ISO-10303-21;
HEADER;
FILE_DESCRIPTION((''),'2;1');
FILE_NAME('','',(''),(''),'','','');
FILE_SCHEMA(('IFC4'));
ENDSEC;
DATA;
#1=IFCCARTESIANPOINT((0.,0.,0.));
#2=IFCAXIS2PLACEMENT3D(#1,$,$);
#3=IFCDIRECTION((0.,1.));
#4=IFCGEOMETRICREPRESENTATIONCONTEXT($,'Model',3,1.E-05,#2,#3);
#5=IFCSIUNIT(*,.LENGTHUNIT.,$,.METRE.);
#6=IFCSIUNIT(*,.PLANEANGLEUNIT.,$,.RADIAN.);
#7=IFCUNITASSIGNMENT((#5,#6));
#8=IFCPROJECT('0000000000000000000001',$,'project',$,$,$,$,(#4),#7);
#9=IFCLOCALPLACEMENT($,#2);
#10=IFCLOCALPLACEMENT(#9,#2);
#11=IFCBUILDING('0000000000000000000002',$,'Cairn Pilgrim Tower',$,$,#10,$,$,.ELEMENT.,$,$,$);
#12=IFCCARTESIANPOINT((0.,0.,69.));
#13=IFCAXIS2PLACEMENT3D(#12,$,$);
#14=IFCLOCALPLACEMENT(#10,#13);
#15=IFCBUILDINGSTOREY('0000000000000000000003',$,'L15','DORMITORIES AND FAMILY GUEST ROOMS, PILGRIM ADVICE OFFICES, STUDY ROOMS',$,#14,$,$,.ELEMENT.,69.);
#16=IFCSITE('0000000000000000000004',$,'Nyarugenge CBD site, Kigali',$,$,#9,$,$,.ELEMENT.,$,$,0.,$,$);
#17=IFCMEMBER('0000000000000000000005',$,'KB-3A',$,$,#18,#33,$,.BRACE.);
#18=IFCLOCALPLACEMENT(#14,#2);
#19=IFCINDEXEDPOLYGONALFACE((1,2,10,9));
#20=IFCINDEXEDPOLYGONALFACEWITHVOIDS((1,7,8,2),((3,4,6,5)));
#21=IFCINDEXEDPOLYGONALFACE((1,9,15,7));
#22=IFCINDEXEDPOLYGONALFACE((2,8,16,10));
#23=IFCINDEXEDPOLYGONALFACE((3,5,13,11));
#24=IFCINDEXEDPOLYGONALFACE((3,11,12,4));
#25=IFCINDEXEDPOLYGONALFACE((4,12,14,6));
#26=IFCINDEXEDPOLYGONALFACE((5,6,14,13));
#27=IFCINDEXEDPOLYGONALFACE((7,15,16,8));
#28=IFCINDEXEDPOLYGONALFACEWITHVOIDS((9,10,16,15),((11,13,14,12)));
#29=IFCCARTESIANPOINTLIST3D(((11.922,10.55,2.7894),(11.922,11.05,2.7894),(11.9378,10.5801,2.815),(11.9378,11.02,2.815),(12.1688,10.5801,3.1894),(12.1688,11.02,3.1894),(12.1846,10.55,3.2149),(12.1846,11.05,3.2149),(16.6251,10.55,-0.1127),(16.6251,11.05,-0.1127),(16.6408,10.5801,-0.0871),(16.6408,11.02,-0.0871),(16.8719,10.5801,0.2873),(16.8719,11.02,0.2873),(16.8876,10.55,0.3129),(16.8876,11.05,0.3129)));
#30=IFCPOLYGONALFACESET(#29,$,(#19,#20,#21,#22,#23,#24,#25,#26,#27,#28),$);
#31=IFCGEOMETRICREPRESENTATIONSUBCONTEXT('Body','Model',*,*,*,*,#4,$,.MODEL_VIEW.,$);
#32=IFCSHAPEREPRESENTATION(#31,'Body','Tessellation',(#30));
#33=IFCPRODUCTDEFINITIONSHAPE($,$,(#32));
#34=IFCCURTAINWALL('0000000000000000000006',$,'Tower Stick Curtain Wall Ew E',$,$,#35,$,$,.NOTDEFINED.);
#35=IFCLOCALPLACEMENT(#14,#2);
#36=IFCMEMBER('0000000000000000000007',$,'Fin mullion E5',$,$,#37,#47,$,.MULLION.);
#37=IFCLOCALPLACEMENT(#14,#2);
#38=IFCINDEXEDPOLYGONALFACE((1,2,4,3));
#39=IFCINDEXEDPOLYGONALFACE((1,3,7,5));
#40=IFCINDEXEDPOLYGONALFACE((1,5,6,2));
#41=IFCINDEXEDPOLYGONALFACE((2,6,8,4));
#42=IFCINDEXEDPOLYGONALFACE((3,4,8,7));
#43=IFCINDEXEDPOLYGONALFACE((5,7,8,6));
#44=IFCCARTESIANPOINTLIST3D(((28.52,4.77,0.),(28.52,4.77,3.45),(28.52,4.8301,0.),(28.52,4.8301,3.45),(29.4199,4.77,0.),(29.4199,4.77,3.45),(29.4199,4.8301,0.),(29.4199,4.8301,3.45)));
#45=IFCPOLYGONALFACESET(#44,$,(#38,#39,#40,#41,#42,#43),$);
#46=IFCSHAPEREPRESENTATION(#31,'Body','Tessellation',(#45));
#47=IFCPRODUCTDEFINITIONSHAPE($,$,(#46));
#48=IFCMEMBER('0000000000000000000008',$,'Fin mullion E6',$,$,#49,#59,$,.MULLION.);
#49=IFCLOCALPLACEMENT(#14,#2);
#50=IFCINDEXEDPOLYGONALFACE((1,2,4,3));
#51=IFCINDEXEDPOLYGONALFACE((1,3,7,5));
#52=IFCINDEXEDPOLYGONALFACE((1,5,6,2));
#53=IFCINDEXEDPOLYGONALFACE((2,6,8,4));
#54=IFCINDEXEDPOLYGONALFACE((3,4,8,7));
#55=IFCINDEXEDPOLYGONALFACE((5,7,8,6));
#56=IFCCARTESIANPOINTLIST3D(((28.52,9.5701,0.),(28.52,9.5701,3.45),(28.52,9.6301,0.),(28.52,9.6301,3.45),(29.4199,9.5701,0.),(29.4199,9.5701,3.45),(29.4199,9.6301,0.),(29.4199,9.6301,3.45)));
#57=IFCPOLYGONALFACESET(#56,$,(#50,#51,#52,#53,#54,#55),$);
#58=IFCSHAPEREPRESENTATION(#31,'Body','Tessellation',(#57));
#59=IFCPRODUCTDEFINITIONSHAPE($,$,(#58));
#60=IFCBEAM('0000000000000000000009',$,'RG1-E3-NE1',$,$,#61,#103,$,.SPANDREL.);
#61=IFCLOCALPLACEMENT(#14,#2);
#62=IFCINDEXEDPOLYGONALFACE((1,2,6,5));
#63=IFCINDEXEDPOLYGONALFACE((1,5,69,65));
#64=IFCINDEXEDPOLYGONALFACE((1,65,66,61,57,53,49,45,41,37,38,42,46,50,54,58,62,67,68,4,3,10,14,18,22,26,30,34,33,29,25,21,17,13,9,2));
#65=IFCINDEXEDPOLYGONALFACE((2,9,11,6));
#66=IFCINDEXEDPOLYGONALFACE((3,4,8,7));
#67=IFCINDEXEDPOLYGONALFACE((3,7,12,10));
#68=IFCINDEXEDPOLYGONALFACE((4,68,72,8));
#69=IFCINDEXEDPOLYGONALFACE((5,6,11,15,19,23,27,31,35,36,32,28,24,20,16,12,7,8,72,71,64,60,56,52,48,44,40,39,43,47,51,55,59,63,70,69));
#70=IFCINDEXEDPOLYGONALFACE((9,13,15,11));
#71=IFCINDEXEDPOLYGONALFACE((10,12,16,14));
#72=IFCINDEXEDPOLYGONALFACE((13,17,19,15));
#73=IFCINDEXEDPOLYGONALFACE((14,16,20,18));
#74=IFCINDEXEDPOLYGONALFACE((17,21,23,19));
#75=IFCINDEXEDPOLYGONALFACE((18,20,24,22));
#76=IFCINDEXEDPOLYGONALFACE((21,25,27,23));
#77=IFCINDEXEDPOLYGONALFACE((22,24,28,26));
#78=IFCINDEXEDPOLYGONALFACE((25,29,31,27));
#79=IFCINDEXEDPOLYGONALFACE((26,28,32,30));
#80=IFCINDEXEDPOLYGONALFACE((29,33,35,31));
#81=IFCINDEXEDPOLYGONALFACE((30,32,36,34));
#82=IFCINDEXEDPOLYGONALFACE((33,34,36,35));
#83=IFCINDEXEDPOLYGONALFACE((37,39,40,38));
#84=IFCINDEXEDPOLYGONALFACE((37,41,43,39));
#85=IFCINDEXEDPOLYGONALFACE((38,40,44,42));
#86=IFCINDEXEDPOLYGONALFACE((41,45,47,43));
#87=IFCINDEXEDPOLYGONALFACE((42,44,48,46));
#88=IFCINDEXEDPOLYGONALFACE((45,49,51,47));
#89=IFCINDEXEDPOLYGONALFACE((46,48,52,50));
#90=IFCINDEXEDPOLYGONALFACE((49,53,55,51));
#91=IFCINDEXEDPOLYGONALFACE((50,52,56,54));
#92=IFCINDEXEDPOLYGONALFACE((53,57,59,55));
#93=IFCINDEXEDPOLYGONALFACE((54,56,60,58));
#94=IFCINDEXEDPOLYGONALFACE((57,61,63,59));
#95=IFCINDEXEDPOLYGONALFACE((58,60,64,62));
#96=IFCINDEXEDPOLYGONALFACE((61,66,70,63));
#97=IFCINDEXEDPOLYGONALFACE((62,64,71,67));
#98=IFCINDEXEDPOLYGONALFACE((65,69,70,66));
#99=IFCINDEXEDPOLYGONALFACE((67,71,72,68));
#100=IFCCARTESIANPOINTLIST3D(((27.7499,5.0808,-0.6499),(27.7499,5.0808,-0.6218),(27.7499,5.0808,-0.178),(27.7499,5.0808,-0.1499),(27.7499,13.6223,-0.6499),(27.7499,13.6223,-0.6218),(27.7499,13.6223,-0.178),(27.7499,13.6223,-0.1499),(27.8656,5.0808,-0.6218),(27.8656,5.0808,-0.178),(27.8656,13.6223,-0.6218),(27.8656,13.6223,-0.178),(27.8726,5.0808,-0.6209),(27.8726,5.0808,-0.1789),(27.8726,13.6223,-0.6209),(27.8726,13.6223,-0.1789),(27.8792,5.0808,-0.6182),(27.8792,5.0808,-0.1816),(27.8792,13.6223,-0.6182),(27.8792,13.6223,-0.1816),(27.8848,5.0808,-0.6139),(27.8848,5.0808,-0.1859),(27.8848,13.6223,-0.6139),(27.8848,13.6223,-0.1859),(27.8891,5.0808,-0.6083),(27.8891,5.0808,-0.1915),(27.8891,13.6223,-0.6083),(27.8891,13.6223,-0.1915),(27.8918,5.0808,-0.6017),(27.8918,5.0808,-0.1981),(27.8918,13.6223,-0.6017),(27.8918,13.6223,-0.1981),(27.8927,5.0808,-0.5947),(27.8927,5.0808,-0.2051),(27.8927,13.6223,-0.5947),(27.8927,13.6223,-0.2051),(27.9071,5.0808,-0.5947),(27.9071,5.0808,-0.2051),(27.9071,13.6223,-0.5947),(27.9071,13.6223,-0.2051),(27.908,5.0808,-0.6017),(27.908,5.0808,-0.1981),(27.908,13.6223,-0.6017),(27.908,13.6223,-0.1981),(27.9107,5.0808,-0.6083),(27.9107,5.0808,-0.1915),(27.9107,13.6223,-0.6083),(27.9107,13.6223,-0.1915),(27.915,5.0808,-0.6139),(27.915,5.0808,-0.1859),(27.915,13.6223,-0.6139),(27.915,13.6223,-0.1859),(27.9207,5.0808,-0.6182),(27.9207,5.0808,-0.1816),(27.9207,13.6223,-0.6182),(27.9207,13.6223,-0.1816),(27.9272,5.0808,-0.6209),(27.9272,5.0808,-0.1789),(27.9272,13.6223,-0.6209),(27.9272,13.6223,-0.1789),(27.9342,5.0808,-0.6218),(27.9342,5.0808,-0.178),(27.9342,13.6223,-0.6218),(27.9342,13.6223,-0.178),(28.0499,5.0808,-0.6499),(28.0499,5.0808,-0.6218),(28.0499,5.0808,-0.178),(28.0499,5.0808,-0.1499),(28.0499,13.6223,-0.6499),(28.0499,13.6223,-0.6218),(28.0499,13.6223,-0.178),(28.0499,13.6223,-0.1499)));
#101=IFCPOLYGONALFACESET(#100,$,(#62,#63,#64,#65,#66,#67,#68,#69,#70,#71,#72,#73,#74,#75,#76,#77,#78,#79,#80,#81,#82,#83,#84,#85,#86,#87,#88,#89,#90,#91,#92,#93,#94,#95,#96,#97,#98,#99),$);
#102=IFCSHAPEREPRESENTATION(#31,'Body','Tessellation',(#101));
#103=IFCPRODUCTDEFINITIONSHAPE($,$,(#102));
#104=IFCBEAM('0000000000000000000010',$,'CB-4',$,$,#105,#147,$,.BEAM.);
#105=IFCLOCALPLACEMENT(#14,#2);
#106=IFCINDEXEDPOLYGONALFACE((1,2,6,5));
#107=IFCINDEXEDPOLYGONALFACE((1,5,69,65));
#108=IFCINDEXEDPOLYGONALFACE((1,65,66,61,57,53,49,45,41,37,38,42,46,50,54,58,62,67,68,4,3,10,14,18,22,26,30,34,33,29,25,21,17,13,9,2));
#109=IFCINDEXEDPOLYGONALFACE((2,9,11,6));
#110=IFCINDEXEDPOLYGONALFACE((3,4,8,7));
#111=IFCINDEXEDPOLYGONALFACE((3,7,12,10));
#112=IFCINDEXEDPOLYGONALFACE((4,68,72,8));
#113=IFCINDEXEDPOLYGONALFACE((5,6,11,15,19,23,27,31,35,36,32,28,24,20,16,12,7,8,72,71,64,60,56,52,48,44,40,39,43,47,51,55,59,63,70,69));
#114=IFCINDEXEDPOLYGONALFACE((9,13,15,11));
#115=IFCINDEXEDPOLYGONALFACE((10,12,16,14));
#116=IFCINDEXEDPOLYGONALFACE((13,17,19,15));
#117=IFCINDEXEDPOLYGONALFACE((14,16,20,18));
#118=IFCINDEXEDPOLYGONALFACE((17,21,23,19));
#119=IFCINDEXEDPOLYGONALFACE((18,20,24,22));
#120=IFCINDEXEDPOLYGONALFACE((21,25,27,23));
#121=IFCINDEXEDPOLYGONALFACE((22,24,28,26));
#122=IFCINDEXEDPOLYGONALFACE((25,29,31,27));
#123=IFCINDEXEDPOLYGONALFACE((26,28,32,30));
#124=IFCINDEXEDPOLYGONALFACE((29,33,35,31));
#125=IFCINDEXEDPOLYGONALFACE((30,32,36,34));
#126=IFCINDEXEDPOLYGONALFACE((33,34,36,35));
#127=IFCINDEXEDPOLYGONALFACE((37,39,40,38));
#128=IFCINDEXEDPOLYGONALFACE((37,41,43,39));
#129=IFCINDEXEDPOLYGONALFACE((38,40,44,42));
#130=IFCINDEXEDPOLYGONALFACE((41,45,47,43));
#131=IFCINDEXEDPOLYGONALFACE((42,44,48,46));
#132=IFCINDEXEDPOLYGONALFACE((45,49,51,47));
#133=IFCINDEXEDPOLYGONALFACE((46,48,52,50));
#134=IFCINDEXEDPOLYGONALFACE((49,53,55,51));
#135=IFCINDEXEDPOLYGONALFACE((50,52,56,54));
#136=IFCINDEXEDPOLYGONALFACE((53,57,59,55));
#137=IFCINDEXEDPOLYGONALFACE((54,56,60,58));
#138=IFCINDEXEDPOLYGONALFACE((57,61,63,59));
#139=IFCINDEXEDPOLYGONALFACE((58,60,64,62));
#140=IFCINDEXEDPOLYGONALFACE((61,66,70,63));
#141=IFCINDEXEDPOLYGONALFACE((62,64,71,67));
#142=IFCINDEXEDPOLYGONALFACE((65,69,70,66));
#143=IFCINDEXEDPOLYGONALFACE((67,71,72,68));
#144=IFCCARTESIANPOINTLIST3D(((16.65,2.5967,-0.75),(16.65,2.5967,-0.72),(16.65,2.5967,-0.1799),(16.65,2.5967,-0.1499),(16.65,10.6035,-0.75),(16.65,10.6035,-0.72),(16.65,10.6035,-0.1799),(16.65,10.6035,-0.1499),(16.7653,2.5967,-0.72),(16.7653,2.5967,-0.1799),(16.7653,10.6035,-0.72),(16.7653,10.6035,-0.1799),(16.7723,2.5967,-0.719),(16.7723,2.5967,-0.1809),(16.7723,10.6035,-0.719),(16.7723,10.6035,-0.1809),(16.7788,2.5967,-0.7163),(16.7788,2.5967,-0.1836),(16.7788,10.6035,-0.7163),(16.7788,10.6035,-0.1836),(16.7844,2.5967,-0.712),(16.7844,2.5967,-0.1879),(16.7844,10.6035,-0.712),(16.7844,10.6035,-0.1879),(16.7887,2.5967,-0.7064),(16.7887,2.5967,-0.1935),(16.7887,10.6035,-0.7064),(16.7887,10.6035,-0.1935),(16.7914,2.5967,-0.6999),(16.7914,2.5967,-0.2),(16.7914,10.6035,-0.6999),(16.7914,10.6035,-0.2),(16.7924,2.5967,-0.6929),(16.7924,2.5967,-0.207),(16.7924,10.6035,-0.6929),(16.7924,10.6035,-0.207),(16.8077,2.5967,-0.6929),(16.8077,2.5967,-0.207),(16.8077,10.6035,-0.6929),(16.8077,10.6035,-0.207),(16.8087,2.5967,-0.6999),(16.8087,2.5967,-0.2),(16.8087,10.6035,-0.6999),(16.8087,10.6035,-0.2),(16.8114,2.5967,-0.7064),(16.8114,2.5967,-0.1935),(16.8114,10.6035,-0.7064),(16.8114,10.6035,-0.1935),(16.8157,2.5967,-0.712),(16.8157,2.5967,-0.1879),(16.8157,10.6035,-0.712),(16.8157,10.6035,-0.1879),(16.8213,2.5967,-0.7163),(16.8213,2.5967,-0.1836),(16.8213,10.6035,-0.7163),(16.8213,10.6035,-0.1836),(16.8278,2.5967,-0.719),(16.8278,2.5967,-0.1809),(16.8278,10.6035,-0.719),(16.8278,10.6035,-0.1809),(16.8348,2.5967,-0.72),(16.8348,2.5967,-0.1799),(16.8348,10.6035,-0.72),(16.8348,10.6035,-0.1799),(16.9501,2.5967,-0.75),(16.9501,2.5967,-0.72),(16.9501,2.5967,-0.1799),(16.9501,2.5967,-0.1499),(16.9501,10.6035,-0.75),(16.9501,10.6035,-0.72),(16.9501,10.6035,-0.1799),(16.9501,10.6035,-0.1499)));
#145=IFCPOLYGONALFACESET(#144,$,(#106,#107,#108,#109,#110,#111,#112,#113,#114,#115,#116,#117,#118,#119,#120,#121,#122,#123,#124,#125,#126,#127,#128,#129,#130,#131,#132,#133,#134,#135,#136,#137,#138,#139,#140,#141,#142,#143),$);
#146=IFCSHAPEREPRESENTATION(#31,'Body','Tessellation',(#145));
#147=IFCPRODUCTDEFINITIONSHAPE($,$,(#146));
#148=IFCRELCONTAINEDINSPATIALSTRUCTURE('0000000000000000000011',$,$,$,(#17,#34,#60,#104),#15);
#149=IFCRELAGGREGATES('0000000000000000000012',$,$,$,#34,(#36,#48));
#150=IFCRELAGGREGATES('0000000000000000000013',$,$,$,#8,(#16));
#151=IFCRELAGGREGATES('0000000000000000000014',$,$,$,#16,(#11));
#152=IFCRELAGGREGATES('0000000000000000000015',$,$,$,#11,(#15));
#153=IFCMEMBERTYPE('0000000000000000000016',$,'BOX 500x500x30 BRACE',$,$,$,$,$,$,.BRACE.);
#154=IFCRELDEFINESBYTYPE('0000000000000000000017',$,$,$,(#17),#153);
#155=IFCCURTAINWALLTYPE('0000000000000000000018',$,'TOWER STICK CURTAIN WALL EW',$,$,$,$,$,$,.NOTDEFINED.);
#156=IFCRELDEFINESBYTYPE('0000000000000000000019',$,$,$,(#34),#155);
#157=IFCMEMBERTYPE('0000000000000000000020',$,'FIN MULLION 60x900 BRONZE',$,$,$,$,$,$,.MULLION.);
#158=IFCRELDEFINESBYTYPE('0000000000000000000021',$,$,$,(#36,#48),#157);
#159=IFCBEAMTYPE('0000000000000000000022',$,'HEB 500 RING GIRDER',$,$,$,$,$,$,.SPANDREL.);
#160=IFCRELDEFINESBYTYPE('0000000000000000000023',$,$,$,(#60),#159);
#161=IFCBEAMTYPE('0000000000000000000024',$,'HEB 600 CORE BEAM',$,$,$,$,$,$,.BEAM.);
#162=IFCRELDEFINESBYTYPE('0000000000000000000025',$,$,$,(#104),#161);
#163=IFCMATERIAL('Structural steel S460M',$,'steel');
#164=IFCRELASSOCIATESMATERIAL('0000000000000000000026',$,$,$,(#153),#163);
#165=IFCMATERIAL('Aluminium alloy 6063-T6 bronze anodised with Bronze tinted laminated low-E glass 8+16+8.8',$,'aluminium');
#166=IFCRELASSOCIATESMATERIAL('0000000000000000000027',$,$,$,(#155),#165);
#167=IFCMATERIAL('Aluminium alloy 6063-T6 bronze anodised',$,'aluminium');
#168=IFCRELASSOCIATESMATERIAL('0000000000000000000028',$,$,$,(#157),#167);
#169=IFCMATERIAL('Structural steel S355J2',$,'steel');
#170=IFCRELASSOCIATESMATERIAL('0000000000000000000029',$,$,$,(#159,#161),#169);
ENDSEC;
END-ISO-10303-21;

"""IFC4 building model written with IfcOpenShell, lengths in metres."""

from ifc_helpers import new_model, si_unit, direction, frame, origin, origin_2d, place, context, subcontext, project, spatial, rectangle, hollow_rectangle, i_section, extrude, material, material_profile, profile_set, type_object, element, aggregate, save


model = new_model("IFC4")

# Units and contexts
model_context = context("Model", 3, precision=1e-05, world=origin(), true_north=direction((0.0, 1.0)))
body_context = subcontext(model_context, "Body", "Model", "MODEL_VIEW")
ifc_project = project(units=[si_unit("LENGTHUNIT", "METRE"), si_unit("PLANEANGLEUNIT", "RADIAN")], contexts=[model_context])

# Site, building, storey
site_placement = place(None, origin())
site = spatial("IfcSite", under=ifc_project, at=site_placement, Name="Nyarugenge CBD site, Kigali", CompositionType="ELEMENT", RefElevation=0.0)
building_placement = place(site_placement, origin())
building = spatial("IfcBuilding", under=site, at=building_placement, Name="Cairn Pilgrim Tower", CompositionType="ELEMENT")
storey_placement = place(building_placement, frame((0.0, 0.0, 69.0)))
storey = spatial("IfcBuildingStorey", under=building, at=storey_placement, Name="L15", Description="DORMITORIES AND FAMILY GUEST ROOMS, PILGRIM ADVICE OFFICES, STUDY ROOMS", CompositionType="ELEMENT", Elevation=69.0)

# Shared definitions
ifc_material_1 = material(Name="Structural steel S460M", Category="steel")

# Member
ifc_material_profile_1 = material_profile(ifc_material_1, hollow_rectangle(XDim=0.5, YDim=0.5, WallThickness=0.03, at=origin_2d()), Name="BOX 500x500x30")
ifc_profile_set_1 = profile_set([ifc_material_profile_1], Name="Structural steel S460M")
member_type_1 = type_object("IfcMemberType", Name="BOX 500x500x30 BRACE", PredefinedType="BRACE", material=ifc_profile_set_1)
member_1_placement = place(storey_placement, frame((16.7563, 10.8, 0.1001), z_axis=(-0.851022, 0.0, 0.52513), x_axis=(0.0, -1.0, 0.0)))
element("IfcMember", 1, at=member_1_placement, inside=storey, type_object=member_type_1, Name="KB-3A", PredefinedType="BRACE", context=body_context, shape_type="SweptSolid", body=[
    extrude(hollow_rectangle(XDim=0.5, YDim=0.5, WallThickness=0.03, at=origin_2d()), origin(), (0.0, 0.0, 1.0), 5.5264),
])

# Curtain wall, members
ifc_material_2 = material(Name="Aluminium alloy 6063-T6 bronze anodised with Bronze tinted laminated low-E glass 8+16+8.8", Category="aluminium")
curtain_wall_type = type_object("IfcCurtainWallType", Name="TOWER STICK CURTAIN WALL EW", PredefinedType="NOTDEFINED", material=ifc_material_2)
curtain_wall_placement = place(storey_placement, origin())
curtain_wall = element("IfcCurtainWall", 2, at=curtain_wall_placement, inside=storey, type_object=curtain_wall_type, Name="Tower Stick Curtain Wall Ew E", PredefinedType="NOTDEFINED")
ifc_material_3 = material(Name="Aluminium alloy 6063-T6 bronze anodised", Category="aluminium")
ifc_material_profile_2 = material_profile(ifc_material_3, rectangle(XDim=0.8999, YDim=0.0601, at=origin_2d()), Name="FIN MULLION 60x900 BRONZE")
ifc_profile_set_2 = profile_set([ifc_material_profile_2], Name="Aluminium alloy 6063-T6 bronze anodised")
member_type_2 = type_object("IfcMemberType", Name="FIN MULLION 60x900 BRONZE", PredefinedType="MULLION", material=ifc_profile_set_2)
member_2_placement = place(storey_placement, frame((28.97, 4.8, 0.0), z_axis=(0.0, 0.0, 1.0), x_axis=(1.0, 0.0, 0.0)))
member_2 = element("IfcMember", 3, at=member_2_placement, type_object=member_type_2, Name="Fin mullion E5", PredefinedType="MULLION", context=body_context, shape_type="SweptSolid", body=[
    extrude(rectangle(XDim=0.8999, YDim=0.0601, at=origin_2d()), origin(), (0.0, 0.0, 1.0), 3.45),
])
member_3_placement = place(storey_placement, frame((28.97, 9.6001, 0.0), z_axis=(0.0, 0.0, 1.0), x_axis=(1.0, 0.0, 0.0)))
member_3 = element("IfcMember", 4, at=member_3_placement, type_object=member_type_2, Name="Fin mullion E6", PredefinedType="MULLION", context=body_context, shape_type="SweptSolid", body=[
    extrude(rectangle(XDim=0.8999, YDim=0.0601, at=origin_2d()), origin(), (0.0, 0.0, 1.0), 3.45),
])

# Beams
ifc_material_4 = material(Name="Structural steel S355J2", Category="steel")
ifc_material_profile_3 = material_profile(ifc_material_4, i_section(OverallWidth=0.3, OverallDepth=0.5, WebThickness=0.0144, FlangeThickness=0.0281, FilletRadius=0.0271, at=origin_2d()), Name="HEB 500")
ifc_profile_set_3 = profile_set([ifc_material_profile_3], Name="Structural steel S355J2")
beam_type_1 = type_object("IfcBeamType", Name="HEB 500 RING GIRDER", PredefinedType="SPANDREL", material=ifc_profile_set_3)
beam_1_placement = place(storey_placement, frame((27.8999, 5.0808, -0.3999), z_axis=(0.0, 1.0, 0.0), x_axis=(-1.0, 0.0, 0.0)))
element("IfcBeam", 5, at=beam_1_placement, inside=storey, type_object=beam_type_1, Name="RG1-E3-NE1", PredefinedType="SPANDREL", context=body_context, shape_type="SweptSolid", body=[
    extrude(i_section(OverallWidth=0.3, OverallDepth=0.5, WebThickness=0.0144, FlangeThickness=0.0281, FilletRadius=0.0271, at=origin_2d()), origin(), (0.0, 0.0, 1.0), 8.5415),
])
ifc_material_profile_4 = material_profile(ifc_material_4, i_section(OverallWidth=0.3, OverallDepth=0.6001, WebThickness=0.0154, FlangeThickness=0.03, FilletRadius=0.0271, at=origin_2d()), Name="HEB 600")
ifc_profile_set_4 = profile_set([ifc_material_profile_4], Name="Structural steel S355J2")
beam_type_2 = type_object("IfcBeamType", Name="HEB 600 CORE BEAM", PredefinedType="BEAM", material=ifc_profile_set_4)
beam_2_placement = place(storey_placement, frame((16.8, 2.5967, -0.45), z_axis=(0.0, 1.0, 0.0), x_axis=(-1.0, 0.0, 0.0)))
element("IfcBeam", 6, at=beam_2_placement, inside=storey, type_object=beam_type_2, Name="CB-4", PredefinedType="BEAM", context=body_context, shape_type="SweptSolid", body=[
    extrude(i_section(OverallWidth=0.3, OverallDepth=0.6001, WebThickness=0.0154, FlangeThickness=0.03, FilletRadius=0.0271, at=origin_2d()), origin(), (0.0, 0.0, 1.0), 8.0068),
])

aggregate(curtain_wall, [member_2, member_3])

save(model, "model.ifc")
